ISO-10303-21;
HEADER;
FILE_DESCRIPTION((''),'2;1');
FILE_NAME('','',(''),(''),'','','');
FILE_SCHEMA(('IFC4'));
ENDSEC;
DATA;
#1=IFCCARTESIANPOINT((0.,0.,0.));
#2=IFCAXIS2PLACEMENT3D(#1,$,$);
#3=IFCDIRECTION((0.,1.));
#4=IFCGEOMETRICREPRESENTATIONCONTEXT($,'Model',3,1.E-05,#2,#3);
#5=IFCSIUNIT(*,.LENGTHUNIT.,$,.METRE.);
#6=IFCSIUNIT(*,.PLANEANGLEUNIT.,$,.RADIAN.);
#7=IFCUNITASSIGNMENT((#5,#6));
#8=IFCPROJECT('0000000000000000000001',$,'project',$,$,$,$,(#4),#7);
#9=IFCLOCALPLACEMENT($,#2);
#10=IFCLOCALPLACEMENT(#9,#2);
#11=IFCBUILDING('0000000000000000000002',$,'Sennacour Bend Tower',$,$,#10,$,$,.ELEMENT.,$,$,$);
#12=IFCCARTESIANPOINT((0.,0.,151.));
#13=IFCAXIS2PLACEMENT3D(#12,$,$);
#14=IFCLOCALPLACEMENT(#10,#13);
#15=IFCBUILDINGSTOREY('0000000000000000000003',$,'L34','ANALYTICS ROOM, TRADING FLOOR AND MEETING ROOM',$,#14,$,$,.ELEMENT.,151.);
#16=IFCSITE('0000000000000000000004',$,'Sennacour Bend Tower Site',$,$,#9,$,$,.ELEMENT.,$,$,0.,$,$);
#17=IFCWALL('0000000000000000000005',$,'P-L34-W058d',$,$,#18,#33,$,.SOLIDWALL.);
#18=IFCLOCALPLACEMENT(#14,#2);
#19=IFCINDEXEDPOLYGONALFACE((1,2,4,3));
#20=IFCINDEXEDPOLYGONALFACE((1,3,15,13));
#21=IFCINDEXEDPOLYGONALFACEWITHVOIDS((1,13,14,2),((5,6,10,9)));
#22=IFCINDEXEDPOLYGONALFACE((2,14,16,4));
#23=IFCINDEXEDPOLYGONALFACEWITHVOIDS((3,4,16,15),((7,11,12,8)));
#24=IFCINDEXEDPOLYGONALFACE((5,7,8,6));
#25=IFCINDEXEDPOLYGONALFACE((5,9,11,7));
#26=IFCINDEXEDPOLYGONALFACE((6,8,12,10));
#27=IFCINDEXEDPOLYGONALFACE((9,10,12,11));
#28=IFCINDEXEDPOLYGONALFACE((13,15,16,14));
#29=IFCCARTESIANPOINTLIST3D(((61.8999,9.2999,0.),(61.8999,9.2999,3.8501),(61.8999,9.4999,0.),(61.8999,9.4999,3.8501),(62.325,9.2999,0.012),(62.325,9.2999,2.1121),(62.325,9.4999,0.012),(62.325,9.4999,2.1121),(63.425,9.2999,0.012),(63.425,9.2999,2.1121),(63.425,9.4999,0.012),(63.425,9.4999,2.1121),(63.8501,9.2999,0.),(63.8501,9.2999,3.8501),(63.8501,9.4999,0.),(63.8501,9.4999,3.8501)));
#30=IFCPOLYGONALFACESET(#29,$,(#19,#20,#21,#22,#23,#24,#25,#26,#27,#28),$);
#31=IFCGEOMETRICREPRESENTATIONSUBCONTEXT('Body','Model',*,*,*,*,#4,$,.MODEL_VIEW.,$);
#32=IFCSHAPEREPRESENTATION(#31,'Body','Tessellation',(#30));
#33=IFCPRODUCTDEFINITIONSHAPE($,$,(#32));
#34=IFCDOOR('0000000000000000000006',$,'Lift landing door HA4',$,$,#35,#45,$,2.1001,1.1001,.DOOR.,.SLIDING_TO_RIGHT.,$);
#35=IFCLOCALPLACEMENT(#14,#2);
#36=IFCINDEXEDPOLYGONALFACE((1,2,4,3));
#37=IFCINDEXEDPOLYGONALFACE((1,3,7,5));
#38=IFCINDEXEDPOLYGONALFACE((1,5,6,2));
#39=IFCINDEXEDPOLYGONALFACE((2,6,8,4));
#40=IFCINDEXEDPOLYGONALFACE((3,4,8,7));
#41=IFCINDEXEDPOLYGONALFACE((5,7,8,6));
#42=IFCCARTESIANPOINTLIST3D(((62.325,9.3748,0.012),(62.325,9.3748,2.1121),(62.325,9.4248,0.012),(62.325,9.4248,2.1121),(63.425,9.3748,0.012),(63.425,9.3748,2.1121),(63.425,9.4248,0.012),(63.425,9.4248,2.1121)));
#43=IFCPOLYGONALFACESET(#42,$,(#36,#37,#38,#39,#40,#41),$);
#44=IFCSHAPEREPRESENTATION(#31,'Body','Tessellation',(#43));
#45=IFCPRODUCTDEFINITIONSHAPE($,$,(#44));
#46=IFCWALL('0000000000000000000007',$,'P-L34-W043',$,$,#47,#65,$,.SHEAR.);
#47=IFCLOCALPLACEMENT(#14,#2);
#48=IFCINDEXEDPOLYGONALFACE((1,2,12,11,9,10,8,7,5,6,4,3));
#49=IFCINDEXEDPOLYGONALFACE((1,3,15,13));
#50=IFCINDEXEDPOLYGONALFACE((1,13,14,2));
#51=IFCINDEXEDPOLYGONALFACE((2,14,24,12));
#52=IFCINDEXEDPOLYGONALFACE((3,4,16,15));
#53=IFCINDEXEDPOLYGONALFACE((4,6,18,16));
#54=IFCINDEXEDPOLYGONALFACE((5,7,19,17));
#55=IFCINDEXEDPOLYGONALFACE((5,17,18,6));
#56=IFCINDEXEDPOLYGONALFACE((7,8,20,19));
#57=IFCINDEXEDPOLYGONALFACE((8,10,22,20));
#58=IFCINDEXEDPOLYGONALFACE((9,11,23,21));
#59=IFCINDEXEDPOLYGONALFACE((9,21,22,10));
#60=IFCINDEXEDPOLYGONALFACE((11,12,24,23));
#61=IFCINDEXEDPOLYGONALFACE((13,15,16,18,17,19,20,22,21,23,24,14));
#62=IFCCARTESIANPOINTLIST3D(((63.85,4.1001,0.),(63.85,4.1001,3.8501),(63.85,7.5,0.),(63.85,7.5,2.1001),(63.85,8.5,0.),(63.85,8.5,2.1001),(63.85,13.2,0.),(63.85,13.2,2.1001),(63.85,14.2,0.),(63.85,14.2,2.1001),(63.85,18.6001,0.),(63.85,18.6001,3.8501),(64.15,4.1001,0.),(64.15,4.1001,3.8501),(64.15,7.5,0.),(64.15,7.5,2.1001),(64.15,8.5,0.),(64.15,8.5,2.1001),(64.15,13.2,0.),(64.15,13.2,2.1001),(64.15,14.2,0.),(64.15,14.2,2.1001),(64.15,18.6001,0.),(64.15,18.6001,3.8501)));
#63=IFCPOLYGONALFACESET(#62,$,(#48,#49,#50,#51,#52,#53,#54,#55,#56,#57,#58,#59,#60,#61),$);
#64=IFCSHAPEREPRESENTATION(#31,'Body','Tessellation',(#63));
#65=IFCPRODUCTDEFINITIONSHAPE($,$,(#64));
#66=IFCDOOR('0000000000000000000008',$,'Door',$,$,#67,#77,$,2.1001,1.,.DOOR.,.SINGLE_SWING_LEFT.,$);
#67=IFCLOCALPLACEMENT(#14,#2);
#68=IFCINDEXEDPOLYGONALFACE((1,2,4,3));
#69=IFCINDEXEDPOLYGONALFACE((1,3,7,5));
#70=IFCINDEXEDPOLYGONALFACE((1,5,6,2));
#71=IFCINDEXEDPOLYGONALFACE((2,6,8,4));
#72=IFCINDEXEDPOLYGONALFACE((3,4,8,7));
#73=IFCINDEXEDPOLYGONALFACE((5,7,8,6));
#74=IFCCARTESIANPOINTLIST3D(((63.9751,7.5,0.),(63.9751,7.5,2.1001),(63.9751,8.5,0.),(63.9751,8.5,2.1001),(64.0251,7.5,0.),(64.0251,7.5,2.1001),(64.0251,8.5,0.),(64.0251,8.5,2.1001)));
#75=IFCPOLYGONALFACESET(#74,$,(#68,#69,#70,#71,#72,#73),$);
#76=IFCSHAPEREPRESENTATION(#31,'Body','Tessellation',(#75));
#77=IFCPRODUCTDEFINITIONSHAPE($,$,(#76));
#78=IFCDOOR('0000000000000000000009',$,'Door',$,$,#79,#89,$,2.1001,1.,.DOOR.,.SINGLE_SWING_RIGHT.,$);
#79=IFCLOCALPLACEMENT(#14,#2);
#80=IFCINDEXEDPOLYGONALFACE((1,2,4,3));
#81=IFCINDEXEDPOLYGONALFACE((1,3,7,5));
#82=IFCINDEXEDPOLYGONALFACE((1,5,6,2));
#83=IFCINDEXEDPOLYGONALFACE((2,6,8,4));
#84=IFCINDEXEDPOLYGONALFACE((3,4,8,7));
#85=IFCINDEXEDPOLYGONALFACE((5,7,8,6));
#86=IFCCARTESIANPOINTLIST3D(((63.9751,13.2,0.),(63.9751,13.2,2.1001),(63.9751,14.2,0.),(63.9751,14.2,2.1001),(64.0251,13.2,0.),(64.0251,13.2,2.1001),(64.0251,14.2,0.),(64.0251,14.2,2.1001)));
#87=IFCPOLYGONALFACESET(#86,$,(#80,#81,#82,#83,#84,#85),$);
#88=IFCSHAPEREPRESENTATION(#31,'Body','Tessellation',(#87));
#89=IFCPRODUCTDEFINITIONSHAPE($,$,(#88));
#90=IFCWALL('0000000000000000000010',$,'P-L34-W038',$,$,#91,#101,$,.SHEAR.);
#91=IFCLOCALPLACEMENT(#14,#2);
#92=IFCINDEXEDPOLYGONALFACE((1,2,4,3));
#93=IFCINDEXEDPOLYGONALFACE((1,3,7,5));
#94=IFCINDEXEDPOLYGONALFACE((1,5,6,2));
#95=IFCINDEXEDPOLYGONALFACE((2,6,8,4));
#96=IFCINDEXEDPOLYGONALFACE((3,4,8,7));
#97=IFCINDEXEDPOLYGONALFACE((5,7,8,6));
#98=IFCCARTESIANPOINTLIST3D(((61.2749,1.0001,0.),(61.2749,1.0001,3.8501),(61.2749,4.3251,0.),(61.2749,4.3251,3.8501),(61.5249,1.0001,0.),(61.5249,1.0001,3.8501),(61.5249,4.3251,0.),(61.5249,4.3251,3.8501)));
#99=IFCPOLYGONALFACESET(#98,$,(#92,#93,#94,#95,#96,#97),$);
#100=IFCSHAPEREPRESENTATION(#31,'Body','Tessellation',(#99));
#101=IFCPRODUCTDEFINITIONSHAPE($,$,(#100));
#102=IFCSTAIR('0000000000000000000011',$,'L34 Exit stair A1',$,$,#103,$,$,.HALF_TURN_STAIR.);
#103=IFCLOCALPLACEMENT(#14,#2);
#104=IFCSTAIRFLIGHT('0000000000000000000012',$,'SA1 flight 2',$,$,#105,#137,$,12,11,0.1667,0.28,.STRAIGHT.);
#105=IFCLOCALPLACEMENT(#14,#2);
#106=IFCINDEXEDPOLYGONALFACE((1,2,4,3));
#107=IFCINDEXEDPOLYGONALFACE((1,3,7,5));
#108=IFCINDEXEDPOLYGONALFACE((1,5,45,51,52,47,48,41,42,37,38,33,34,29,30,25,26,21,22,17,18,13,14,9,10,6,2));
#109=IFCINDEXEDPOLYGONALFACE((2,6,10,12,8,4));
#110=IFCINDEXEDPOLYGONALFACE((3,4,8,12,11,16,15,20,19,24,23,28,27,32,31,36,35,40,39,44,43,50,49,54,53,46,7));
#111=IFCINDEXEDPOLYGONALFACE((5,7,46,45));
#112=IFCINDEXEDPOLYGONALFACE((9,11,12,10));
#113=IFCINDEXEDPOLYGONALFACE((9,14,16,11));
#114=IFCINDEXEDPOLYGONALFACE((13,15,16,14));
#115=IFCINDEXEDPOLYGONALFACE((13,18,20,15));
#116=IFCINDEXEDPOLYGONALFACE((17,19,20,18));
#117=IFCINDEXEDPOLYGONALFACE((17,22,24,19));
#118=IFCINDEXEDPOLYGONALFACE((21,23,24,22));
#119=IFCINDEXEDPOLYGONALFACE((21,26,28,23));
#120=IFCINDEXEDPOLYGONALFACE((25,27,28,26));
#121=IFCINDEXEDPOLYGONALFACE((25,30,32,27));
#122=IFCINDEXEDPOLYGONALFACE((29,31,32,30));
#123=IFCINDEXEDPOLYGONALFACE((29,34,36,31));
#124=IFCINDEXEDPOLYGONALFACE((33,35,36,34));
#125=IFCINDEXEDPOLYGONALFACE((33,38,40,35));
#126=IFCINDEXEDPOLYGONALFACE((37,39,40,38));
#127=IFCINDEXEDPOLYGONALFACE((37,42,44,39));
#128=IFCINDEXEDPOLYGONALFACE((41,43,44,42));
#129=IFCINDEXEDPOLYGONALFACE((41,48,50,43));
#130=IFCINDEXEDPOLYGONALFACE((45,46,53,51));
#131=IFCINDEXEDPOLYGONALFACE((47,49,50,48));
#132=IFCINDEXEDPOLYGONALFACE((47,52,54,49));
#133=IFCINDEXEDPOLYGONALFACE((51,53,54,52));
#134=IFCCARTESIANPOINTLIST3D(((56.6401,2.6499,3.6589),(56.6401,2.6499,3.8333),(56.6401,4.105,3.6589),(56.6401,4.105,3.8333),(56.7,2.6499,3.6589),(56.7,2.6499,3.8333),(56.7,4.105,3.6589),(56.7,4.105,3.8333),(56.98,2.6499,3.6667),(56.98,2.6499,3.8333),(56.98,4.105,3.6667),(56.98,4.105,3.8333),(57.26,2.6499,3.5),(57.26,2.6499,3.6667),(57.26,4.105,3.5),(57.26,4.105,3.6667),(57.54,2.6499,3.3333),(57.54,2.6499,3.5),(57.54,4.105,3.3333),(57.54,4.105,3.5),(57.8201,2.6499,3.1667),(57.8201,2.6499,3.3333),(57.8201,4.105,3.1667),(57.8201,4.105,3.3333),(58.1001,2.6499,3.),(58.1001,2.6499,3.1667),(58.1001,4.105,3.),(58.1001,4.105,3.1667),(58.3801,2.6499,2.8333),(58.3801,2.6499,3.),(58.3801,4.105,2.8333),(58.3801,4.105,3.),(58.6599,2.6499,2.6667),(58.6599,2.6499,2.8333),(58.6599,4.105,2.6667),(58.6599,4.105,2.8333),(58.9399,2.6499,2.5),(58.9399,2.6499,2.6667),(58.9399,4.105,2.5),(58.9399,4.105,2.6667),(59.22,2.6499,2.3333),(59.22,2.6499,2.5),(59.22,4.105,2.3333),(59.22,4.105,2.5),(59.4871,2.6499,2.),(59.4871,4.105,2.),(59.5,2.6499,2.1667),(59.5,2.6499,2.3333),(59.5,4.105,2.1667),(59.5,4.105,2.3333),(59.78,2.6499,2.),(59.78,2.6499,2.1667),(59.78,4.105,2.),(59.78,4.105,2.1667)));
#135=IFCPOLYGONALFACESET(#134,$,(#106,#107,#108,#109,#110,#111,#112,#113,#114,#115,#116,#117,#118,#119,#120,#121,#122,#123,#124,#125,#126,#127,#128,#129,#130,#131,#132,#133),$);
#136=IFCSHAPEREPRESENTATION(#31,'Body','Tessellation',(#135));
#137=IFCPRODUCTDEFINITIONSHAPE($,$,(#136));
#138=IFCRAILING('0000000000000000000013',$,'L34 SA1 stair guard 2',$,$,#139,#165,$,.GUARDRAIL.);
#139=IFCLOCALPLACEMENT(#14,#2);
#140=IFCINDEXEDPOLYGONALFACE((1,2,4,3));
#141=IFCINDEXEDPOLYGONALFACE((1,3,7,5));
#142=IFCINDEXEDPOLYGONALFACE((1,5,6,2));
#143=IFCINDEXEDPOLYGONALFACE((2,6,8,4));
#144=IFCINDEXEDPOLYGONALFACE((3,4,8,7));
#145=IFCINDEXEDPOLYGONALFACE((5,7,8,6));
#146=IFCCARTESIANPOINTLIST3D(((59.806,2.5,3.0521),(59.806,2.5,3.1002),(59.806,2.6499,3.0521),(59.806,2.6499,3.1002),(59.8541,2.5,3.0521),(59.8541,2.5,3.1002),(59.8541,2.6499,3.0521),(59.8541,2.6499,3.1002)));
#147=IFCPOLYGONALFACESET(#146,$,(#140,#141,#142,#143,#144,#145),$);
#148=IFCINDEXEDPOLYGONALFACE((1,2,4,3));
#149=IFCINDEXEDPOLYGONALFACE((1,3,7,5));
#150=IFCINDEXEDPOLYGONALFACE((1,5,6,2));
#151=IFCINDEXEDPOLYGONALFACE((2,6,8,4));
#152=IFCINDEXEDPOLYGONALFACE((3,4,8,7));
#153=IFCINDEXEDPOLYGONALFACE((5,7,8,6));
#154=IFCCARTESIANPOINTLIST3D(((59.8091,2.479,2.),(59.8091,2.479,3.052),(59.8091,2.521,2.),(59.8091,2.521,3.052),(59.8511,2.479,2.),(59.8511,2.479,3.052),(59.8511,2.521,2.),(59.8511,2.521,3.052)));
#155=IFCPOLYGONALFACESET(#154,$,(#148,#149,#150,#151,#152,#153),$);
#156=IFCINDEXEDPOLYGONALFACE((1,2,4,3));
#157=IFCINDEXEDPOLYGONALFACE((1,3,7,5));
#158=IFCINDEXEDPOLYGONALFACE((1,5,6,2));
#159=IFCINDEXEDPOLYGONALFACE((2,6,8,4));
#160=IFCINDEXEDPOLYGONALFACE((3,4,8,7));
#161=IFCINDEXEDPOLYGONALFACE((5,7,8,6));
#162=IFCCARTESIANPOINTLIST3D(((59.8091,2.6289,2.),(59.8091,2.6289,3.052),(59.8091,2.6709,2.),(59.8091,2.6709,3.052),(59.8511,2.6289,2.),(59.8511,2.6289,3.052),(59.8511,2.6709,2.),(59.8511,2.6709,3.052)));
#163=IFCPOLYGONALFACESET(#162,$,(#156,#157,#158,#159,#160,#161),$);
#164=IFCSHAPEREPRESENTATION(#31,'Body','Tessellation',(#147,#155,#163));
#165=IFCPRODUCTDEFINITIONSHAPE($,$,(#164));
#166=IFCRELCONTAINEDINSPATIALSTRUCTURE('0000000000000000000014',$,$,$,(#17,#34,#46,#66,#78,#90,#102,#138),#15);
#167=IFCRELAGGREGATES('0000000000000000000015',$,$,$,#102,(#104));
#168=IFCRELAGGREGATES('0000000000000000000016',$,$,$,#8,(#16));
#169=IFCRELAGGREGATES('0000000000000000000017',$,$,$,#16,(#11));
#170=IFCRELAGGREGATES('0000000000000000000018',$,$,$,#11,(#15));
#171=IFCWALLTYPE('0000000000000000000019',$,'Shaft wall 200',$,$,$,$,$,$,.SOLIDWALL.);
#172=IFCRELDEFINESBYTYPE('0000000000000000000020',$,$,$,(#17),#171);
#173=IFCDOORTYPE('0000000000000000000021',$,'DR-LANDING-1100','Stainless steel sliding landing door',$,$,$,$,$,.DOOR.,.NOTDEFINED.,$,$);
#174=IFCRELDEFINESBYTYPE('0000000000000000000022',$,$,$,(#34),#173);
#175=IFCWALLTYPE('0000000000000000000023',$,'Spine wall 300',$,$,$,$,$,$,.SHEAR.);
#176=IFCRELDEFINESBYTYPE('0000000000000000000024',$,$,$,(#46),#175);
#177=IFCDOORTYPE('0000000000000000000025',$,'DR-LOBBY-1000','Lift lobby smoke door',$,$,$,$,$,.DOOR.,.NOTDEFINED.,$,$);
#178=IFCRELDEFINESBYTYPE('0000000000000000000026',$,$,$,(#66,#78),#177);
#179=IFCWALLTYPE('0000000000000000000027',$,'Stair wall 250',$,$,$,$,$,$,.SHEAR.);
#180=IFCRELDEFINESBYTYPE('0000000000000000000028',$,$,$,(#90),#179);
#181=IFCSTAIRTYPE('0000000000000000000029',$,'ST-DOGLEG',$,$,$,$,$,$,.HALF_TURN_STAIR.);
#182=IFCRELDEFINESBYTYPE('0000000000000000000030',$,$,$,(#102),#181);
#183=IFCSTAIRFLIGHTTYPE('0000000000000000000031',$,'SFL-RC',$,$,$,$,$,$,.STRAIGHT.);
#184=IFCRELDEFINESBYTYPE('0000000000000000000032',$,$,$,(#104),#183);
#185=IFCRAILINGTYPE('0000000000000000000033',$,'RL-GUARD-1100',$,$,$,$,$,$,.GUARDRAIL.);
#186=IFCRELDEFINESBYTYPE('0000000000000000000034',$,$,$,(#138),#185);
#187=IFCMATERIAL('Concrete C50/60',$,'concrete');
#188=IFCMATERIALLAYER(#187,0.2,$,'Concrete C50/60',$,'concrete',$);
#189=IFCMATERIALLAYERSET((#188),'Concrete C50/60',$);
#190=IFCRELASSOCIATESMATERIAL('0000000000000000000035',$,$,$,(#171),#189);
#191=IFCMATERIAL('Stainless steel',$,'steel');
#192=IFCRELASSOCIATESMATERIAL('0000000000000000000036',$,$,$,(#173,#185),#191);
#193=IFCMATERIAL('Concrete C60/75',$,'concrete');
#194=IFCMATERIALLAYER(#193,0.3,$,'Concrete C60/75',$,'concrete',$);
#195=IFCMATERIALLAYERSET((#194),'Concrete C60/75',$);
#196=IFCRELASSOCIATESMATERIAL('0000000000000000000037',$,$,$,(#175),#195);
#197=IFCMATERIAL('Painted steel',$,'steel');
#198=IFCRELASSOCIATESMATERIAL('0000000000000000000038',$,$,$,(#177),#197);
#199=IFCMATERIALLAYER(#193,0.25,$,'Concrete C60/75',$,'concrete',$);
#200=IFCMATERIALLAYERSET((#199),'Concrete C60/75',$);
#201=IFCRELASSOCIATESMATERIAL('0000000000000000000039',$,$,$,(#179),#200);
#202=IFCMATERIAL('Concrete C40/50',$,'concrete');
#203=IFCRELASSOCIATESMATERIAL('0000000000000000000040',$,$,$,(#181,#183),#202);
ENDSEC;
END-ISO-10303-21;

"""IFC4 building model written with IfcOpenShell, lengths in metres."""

from ifc_helpers import new_model, si_unit, direction, frame, frame_2d, origin, origin_2d, place, context, subcontext, project, spatial, polyline, rectangle, outline, extrude, material, layer, layer_set, type_object, element, fill, aggregate, save


model = new_model("IFC4")

# Units and contexts
model_context = context("Model", 3, precision=1e-05, world=origin(), true_north=direction((0.0, 1.0)))
body_context = subcontext(model_context, "Body", "Model", "MODEL_VIEW")
ifc_project = project(units=[si_unit("LENGTHUNIT", "METRE"), si_unit("PLANEANGLEUNIT", "RADIAN")], contexts=[model_context])

# Site, building, storey
site_placement = place(None, origin())
site = spatial("IfcSite", under=ifc_project, at=site_placement, Name="Sennacour Bend Tower Site", CompositionType="ELEMENT", RefElevation=0.0)
building_placement = place(site_placement, origin())
building = spatial("IfcBuilding", under=site, at=building_placement, Name="Sennacour Bend Tower", CompositionType="ELEMENT")
storey_placement = place(building_placement, frame((0.0, 0.0, 151.0)))
storey = spatial("IfcBuildingStorey", under=building, at=storey_placement, Name="L34", Description="ANALYTICS ROOM, TRADING FLOOR AND MEETING ROOM", CompositionType="ELEMENT", Elevation=151.0)

# Shared definitions
ifc_material_1 = material(Name="Concrete C60/75", Category="concrete")

# Shared definitions
ifc_material_2 = material(Name="Painted steel", Category="steel")

# Shared definitions
ifc_material_3 = material(Name="Concrete C50/60", Category="concrete")
ifc_layer_1 = layer(ifc_material_3, 0.2, Name="Concrete C50/60", Category="concrete")
ifc_layer_set_1 = layer_set([ifc_layer_1], Name="Concrete C50/60")
wall_type_1 = type_object("IfcWallType", Name="Shaft wall 200", PredefinedType="SOLIDWALL", material=ifc_layer_set_1)

# Wall, opening, door
wall_1_placement = place(storey_placement, frame((61.8999, 9.3999, 0.0), z_axis=(0.0, 0.0, 1.0), x_axis=(1.0, 0.0, 0.0)))
wall_1 = element("IfcWall", 1, at=wall_1_placement, inside=storey, type_object=wall_type_1, Name="P-L34-W058d", PredefinedType="SOLIDWALL", context=body_context, shape_type="SweptSolid", body=[
    extrude(rectangle(XDim=1.9502, YDim=0.2, at=frame_2d((0.9751, 0.0))), origin(), (0.0, 0.0, 1.0), 3.8501),
])
opening_1_placement = place(wall_1_placement, frame((0.425, 0.0, 0.012)))
opening_1 = element("IfcOpeningElement", 2, at=opening_1_placement, cuts=wall_1, PredefinedType="OPENING", context=body_context, shape_type="SweptSolid", body=[
    extrude(rectangle(XDim=1.1001, YDim=2.1001, at=frame_2d((0.55, 1.05))), frame((0.0, 0.1099, 0.0), z_axis=(0.0, -1.0, 0.0), x_axis=(1.0, 0.0, 0.0)), (0.0, 0.0, 1.0), 0.22),
])
ifc_material_4 = material(Name="Stainless steel", Category="steel")
door_type_1 = type_object("IfcDoorType", Name="DR-LANDING-1100", Description="Stainless steel sliding landing door", OperationType="NOTDEFINED", PredefinedType="DOOR", material=ifc_material_4)
door_1_placement = place(opening_1_placement, origin())
door_1 = element("IfcDoor", 3, at=door_1_placement, inside=storey, type_object=door_type_1, Name="Lift landing door HA4", OperationType="SLIDING_TO_RIGHT", OverallHeight=2.1001, OverallWidth=1.1001, PredefinedType="DOOR", context=body_context, shape_type="SweptSolid", body=[
    extrude(rectangle(XDim=1.1001, YDim=2.1001, at=frame_2d((0.55, 1.05))), frame((0.0, 0.0249, 0.0), z_axis=(0.0, -1.0, 0.0), x_axis=(1.0, 0.0, 0.0)), (0.0, 0.0, 1.0), 0.05),
])
fill(opening_1, door_1)

# Wall, openings, doors
ifc_layer_2 = layer(ifc_material_1, 0.3, Name="Concrete C60/75", Category="concrete")
ifc_layer_set_2 = layer_set([ifc_layer_2], Name="Concrete C60/75")
wall_type_2 = type_object("IfcWallType", Name="Spine wall 300", PredefinedType="SHEAR", material=ifc_layer_set_2)
wall_2_placement = place(storey_placement, frame((64.0, 4.1001, 0.0), z_axis=(0.0, 0.0, 1.0), x_axis=(0.0, 1.0, 0.0)))
wall_2 = element("IfcWall", 4, at=wall_2_placement, inside=storey, type_object=wall_type_2, Name="P-L34-W043", PredefinedType="SHEAR", context=body_context, shape_type="SweptSolid", body=[
    extrude(rectangle(XDim=14.5, YDim=0.3, at=frame_2d((7.25, 0.0))), origin(), (0.0, 0.0, 1.0), 3.8501),
])
opening_2_placement = place(wall_2_placement, frame((3.3999, 0.0, 0.0)))
opening_2 = element("IfcOpeningElement", 5, at=opening_2_placement, cuts=wall_2, PredefinedType="OPENING", context=body_context, shape_type="SweptSolid", body=[
    extrude(rectangle(XDim=1.0, YDim=2.1001, at=frame_2d((0.5, 1.05))), frame((0.0, 0.1602, 0.0), z_axis=(0.0, -1.0, 0.0), x_axis=(1.0, 0.0, 0.0)), (0.0, 0.0, 1.0), 0.3201),
])
opening_3_placement = place(wall_2_placement, frame((9.0999, 0.0, 0.0)))
opening_3 = element("IfcOpeningElement", 6, at=opening_3_placement, cuts=wall_2, PredefinedType="OPENING", context=body_context, shape_type="SweptSolid", body=[
    extrude(rectangle(XDim=1.0, YDim=2.1001, at=frame_2d((0.5, 1.05))), frame((0.0, 0.1602, 0.0), z_axis=(0.0, -1.0, 0.0), x_axis=(1.0, 0.0, 0.0)), (0.0, 0.0, 1.0), 0.3201),
])
door_type_2 = type_object("IfcDoorType", Name="DR-LOBBY-1000", Description="Lift lobby smoke door", OperationType="NOTDEFINED", PredefinedType="DOOR", material=ifc_material_2)
door_2_placement = place(opening_2_placement, origin())
door_2 = element("IfcDoor", 7, at=door_2_placement, inside=storey, type_object=door_type_2, Name="Door", OperationType="SINGLE_SWING_LEFT", OverallHeight=2.1001, OverallWidth=1.0, PredefinedType="DOOR", context=body_context, shape_type="SweptSolid", body=[
    extrude(rectangle(XDim=1.0, YDim=2.1001, at=frame_2d((0.5, 1.05))), frame((0.0, 0.0249, 0.0), z_axis=(0.0, -1.0, 0.0), x_axis=(1.0, 0.0, 0.0)), (0.0, 0.0, 1.0), 0.05),
])
fill(opening_2, door_2)
door_3_placement = place(opening_3_placement, origin())
door_3 = element("IfcDoor", 8, at=door_3_placement, inside=storey, type_object=door_type_2, Name="Door", OperationType="SINGLE_SWING_RIGHT", OverallHeight=2.1001, OverallWidth=1.0, PredefinedType="DOOR", context=body_context, shape_type="SweptSolid", body=[
    extrude(rectangle(XDim=1.0, YDim=2.1001, at=frame_2d((0.5, 1.05))), frame((0.0, 0.0249, 0.0), z_axis=(0.0, -1.0, 0.0), x_axis=(1.0, 0.0, 0.0)), (0.0, 0.0, 1.0), 0.05),
])
fill(opening_3, door_3)

# Wall
ifc_layer_3 = layer(ifc_material_1, 0.25, Name="Concrete C60/75", Category="concrete")
ifc_layer_set_3 = layer_set([ifc_layer_3], Name="Concrete C60/75")
wall_type_3 = type_object("IfcWallType", Name="Stair wall 250", PredefinedType="SHEAR", material=ifc_layer_set_3)
wall_3_placement = place(storey_placement, frame((61.3999, 1.0, 0.0), z_axis=(0.0, 0.0, 1.0), x_axis=(0.0, 1.0, 0.0)))
element("IfcWall", 9, at=wall_3_placement, inside=storey, type_object=wall_type_3, Name="P-L34-W038", PredefinedType="SHEAR", context=body_context, shape_type="SweptSolid", body=[
    extrude(rectangle(XDim=3.325, YDim=0.25, at=frame_2d((1.6626, 0.0))), origin(), (0.0, 0.0, 1.0), 3.8501),
])

# Stair, stair flight
ifc_material_5 = material(Name="Concrete C40/50", Category="concrete")
stair_type = type_object("IfcStairType", Name="ST-DOGLEG", PredefinedType="HALF_TURN_STAIR", material=ifc_material_5)
stair_placement = place(storey_placement, origin())
stair = element("IfcStair", 10, at=stair_placement, inside=storey, type_object=stair_type, Name="L34 Exit stair A1", PredefinedType="HALF_TURN_STAIR")
stair_flight_type = type_object("IfcStairFlightType", Name="SFL-RC", PredefinedType="STRAIGHT", material=ifc_material_5)
stair_flight_placement = place(storey_placement, frame((59.78, 3.3774, 2.0), z_axis=(0.0, 0.0, 1.0), x_axis=(-1.0, 0.0, 0.0)))
stair_flight = element("IfcStairFlight", 11, at=stair_flight_placement, type_object=stair_flight_type, Name="SA1 flight 2", NumberOfRisers=12, NumberOfTreads=11, PredefinedType="STRAIGHT", RiserHeight=0.1667, TreadLength=0.28, context=body_context, shape_type="SweptSolid", body=[
    extrude(outline(polyline([(0.0, 0.0), (0.0, 0.1667), (0.28, 0.1667), (0.28, 0.3333), (0.5601, 0.3333), (0.5601, 0.5), (0.8401, 0.5), (0.8401, 0.6667), (1.1201, 0.6667), (1.1201, 0.8333), (1.3999, 0.8333), (1.3999, 1.0), (1.6799, 1.0), (1.6799, 1.1667), (1.96, 1.1667), (1.96, 1.3333), (2.24, 1.3333), (2.24, 1.5), (2.52, 1.5), (2.52, 1.6667), (2.8, 1.6667), (2.8, 1.8333), (3.0801, 1.8333), (3.1399, 1.8333), (3.1399, 1.6589), (3.0801, 1.6589), (0.293, 0.0), (0.0, 0.0)])), frame((0.0, 0.7275, 0.0), z_axis=(0.0, -1.0, 0.0), x_axis=(1.0, 0.0, 0.0)), (0.0, 0.0, 1.0), 1.4551),
])
aggregate(stair, [stair_flight])

# Railing
railing_type_1 = type_object("IfcRailingType", Name="RL-GUARD-1100", PredefinedType="GUARDRAIL", material=ifc_material_4)
railing_1_placement = place(storey_placement, frame((59.8301, 2.5, 2.0)))
element("IfcRailing", 12, at=railing_1_placement, inside=storey, type_object=railing_type_1, Name="L34 SA1 stair guard 2", PredefinedType="GUARDRAIL", context=body_context, shape_type="SweptSolid", body=[
    extrude(rectangle(XDim=0.0481, YDim=0.0481, at=origin_2d()), frame((0.0, 0.0, 1.0762), z_axis=(0.0, 1.0, 0.0), x_axis=(-1.0, 0.0, 0.0)), (0.0, 0.0, 1.0), 0.1499),
    extrude(rectangle(XDim=0.042, YDim=0.042, at=origin_2d()), origin(), (0.0, 0.0, 1.0), 1.052),
    extrude(rectangle(XDim=0.042, YDim=0.042, at=origin_2d()), frame((0.0, 0.1499, 0.0)), (0.0, 0.0, 1.0), 1.052),
])

save(model, "model.ifc")
